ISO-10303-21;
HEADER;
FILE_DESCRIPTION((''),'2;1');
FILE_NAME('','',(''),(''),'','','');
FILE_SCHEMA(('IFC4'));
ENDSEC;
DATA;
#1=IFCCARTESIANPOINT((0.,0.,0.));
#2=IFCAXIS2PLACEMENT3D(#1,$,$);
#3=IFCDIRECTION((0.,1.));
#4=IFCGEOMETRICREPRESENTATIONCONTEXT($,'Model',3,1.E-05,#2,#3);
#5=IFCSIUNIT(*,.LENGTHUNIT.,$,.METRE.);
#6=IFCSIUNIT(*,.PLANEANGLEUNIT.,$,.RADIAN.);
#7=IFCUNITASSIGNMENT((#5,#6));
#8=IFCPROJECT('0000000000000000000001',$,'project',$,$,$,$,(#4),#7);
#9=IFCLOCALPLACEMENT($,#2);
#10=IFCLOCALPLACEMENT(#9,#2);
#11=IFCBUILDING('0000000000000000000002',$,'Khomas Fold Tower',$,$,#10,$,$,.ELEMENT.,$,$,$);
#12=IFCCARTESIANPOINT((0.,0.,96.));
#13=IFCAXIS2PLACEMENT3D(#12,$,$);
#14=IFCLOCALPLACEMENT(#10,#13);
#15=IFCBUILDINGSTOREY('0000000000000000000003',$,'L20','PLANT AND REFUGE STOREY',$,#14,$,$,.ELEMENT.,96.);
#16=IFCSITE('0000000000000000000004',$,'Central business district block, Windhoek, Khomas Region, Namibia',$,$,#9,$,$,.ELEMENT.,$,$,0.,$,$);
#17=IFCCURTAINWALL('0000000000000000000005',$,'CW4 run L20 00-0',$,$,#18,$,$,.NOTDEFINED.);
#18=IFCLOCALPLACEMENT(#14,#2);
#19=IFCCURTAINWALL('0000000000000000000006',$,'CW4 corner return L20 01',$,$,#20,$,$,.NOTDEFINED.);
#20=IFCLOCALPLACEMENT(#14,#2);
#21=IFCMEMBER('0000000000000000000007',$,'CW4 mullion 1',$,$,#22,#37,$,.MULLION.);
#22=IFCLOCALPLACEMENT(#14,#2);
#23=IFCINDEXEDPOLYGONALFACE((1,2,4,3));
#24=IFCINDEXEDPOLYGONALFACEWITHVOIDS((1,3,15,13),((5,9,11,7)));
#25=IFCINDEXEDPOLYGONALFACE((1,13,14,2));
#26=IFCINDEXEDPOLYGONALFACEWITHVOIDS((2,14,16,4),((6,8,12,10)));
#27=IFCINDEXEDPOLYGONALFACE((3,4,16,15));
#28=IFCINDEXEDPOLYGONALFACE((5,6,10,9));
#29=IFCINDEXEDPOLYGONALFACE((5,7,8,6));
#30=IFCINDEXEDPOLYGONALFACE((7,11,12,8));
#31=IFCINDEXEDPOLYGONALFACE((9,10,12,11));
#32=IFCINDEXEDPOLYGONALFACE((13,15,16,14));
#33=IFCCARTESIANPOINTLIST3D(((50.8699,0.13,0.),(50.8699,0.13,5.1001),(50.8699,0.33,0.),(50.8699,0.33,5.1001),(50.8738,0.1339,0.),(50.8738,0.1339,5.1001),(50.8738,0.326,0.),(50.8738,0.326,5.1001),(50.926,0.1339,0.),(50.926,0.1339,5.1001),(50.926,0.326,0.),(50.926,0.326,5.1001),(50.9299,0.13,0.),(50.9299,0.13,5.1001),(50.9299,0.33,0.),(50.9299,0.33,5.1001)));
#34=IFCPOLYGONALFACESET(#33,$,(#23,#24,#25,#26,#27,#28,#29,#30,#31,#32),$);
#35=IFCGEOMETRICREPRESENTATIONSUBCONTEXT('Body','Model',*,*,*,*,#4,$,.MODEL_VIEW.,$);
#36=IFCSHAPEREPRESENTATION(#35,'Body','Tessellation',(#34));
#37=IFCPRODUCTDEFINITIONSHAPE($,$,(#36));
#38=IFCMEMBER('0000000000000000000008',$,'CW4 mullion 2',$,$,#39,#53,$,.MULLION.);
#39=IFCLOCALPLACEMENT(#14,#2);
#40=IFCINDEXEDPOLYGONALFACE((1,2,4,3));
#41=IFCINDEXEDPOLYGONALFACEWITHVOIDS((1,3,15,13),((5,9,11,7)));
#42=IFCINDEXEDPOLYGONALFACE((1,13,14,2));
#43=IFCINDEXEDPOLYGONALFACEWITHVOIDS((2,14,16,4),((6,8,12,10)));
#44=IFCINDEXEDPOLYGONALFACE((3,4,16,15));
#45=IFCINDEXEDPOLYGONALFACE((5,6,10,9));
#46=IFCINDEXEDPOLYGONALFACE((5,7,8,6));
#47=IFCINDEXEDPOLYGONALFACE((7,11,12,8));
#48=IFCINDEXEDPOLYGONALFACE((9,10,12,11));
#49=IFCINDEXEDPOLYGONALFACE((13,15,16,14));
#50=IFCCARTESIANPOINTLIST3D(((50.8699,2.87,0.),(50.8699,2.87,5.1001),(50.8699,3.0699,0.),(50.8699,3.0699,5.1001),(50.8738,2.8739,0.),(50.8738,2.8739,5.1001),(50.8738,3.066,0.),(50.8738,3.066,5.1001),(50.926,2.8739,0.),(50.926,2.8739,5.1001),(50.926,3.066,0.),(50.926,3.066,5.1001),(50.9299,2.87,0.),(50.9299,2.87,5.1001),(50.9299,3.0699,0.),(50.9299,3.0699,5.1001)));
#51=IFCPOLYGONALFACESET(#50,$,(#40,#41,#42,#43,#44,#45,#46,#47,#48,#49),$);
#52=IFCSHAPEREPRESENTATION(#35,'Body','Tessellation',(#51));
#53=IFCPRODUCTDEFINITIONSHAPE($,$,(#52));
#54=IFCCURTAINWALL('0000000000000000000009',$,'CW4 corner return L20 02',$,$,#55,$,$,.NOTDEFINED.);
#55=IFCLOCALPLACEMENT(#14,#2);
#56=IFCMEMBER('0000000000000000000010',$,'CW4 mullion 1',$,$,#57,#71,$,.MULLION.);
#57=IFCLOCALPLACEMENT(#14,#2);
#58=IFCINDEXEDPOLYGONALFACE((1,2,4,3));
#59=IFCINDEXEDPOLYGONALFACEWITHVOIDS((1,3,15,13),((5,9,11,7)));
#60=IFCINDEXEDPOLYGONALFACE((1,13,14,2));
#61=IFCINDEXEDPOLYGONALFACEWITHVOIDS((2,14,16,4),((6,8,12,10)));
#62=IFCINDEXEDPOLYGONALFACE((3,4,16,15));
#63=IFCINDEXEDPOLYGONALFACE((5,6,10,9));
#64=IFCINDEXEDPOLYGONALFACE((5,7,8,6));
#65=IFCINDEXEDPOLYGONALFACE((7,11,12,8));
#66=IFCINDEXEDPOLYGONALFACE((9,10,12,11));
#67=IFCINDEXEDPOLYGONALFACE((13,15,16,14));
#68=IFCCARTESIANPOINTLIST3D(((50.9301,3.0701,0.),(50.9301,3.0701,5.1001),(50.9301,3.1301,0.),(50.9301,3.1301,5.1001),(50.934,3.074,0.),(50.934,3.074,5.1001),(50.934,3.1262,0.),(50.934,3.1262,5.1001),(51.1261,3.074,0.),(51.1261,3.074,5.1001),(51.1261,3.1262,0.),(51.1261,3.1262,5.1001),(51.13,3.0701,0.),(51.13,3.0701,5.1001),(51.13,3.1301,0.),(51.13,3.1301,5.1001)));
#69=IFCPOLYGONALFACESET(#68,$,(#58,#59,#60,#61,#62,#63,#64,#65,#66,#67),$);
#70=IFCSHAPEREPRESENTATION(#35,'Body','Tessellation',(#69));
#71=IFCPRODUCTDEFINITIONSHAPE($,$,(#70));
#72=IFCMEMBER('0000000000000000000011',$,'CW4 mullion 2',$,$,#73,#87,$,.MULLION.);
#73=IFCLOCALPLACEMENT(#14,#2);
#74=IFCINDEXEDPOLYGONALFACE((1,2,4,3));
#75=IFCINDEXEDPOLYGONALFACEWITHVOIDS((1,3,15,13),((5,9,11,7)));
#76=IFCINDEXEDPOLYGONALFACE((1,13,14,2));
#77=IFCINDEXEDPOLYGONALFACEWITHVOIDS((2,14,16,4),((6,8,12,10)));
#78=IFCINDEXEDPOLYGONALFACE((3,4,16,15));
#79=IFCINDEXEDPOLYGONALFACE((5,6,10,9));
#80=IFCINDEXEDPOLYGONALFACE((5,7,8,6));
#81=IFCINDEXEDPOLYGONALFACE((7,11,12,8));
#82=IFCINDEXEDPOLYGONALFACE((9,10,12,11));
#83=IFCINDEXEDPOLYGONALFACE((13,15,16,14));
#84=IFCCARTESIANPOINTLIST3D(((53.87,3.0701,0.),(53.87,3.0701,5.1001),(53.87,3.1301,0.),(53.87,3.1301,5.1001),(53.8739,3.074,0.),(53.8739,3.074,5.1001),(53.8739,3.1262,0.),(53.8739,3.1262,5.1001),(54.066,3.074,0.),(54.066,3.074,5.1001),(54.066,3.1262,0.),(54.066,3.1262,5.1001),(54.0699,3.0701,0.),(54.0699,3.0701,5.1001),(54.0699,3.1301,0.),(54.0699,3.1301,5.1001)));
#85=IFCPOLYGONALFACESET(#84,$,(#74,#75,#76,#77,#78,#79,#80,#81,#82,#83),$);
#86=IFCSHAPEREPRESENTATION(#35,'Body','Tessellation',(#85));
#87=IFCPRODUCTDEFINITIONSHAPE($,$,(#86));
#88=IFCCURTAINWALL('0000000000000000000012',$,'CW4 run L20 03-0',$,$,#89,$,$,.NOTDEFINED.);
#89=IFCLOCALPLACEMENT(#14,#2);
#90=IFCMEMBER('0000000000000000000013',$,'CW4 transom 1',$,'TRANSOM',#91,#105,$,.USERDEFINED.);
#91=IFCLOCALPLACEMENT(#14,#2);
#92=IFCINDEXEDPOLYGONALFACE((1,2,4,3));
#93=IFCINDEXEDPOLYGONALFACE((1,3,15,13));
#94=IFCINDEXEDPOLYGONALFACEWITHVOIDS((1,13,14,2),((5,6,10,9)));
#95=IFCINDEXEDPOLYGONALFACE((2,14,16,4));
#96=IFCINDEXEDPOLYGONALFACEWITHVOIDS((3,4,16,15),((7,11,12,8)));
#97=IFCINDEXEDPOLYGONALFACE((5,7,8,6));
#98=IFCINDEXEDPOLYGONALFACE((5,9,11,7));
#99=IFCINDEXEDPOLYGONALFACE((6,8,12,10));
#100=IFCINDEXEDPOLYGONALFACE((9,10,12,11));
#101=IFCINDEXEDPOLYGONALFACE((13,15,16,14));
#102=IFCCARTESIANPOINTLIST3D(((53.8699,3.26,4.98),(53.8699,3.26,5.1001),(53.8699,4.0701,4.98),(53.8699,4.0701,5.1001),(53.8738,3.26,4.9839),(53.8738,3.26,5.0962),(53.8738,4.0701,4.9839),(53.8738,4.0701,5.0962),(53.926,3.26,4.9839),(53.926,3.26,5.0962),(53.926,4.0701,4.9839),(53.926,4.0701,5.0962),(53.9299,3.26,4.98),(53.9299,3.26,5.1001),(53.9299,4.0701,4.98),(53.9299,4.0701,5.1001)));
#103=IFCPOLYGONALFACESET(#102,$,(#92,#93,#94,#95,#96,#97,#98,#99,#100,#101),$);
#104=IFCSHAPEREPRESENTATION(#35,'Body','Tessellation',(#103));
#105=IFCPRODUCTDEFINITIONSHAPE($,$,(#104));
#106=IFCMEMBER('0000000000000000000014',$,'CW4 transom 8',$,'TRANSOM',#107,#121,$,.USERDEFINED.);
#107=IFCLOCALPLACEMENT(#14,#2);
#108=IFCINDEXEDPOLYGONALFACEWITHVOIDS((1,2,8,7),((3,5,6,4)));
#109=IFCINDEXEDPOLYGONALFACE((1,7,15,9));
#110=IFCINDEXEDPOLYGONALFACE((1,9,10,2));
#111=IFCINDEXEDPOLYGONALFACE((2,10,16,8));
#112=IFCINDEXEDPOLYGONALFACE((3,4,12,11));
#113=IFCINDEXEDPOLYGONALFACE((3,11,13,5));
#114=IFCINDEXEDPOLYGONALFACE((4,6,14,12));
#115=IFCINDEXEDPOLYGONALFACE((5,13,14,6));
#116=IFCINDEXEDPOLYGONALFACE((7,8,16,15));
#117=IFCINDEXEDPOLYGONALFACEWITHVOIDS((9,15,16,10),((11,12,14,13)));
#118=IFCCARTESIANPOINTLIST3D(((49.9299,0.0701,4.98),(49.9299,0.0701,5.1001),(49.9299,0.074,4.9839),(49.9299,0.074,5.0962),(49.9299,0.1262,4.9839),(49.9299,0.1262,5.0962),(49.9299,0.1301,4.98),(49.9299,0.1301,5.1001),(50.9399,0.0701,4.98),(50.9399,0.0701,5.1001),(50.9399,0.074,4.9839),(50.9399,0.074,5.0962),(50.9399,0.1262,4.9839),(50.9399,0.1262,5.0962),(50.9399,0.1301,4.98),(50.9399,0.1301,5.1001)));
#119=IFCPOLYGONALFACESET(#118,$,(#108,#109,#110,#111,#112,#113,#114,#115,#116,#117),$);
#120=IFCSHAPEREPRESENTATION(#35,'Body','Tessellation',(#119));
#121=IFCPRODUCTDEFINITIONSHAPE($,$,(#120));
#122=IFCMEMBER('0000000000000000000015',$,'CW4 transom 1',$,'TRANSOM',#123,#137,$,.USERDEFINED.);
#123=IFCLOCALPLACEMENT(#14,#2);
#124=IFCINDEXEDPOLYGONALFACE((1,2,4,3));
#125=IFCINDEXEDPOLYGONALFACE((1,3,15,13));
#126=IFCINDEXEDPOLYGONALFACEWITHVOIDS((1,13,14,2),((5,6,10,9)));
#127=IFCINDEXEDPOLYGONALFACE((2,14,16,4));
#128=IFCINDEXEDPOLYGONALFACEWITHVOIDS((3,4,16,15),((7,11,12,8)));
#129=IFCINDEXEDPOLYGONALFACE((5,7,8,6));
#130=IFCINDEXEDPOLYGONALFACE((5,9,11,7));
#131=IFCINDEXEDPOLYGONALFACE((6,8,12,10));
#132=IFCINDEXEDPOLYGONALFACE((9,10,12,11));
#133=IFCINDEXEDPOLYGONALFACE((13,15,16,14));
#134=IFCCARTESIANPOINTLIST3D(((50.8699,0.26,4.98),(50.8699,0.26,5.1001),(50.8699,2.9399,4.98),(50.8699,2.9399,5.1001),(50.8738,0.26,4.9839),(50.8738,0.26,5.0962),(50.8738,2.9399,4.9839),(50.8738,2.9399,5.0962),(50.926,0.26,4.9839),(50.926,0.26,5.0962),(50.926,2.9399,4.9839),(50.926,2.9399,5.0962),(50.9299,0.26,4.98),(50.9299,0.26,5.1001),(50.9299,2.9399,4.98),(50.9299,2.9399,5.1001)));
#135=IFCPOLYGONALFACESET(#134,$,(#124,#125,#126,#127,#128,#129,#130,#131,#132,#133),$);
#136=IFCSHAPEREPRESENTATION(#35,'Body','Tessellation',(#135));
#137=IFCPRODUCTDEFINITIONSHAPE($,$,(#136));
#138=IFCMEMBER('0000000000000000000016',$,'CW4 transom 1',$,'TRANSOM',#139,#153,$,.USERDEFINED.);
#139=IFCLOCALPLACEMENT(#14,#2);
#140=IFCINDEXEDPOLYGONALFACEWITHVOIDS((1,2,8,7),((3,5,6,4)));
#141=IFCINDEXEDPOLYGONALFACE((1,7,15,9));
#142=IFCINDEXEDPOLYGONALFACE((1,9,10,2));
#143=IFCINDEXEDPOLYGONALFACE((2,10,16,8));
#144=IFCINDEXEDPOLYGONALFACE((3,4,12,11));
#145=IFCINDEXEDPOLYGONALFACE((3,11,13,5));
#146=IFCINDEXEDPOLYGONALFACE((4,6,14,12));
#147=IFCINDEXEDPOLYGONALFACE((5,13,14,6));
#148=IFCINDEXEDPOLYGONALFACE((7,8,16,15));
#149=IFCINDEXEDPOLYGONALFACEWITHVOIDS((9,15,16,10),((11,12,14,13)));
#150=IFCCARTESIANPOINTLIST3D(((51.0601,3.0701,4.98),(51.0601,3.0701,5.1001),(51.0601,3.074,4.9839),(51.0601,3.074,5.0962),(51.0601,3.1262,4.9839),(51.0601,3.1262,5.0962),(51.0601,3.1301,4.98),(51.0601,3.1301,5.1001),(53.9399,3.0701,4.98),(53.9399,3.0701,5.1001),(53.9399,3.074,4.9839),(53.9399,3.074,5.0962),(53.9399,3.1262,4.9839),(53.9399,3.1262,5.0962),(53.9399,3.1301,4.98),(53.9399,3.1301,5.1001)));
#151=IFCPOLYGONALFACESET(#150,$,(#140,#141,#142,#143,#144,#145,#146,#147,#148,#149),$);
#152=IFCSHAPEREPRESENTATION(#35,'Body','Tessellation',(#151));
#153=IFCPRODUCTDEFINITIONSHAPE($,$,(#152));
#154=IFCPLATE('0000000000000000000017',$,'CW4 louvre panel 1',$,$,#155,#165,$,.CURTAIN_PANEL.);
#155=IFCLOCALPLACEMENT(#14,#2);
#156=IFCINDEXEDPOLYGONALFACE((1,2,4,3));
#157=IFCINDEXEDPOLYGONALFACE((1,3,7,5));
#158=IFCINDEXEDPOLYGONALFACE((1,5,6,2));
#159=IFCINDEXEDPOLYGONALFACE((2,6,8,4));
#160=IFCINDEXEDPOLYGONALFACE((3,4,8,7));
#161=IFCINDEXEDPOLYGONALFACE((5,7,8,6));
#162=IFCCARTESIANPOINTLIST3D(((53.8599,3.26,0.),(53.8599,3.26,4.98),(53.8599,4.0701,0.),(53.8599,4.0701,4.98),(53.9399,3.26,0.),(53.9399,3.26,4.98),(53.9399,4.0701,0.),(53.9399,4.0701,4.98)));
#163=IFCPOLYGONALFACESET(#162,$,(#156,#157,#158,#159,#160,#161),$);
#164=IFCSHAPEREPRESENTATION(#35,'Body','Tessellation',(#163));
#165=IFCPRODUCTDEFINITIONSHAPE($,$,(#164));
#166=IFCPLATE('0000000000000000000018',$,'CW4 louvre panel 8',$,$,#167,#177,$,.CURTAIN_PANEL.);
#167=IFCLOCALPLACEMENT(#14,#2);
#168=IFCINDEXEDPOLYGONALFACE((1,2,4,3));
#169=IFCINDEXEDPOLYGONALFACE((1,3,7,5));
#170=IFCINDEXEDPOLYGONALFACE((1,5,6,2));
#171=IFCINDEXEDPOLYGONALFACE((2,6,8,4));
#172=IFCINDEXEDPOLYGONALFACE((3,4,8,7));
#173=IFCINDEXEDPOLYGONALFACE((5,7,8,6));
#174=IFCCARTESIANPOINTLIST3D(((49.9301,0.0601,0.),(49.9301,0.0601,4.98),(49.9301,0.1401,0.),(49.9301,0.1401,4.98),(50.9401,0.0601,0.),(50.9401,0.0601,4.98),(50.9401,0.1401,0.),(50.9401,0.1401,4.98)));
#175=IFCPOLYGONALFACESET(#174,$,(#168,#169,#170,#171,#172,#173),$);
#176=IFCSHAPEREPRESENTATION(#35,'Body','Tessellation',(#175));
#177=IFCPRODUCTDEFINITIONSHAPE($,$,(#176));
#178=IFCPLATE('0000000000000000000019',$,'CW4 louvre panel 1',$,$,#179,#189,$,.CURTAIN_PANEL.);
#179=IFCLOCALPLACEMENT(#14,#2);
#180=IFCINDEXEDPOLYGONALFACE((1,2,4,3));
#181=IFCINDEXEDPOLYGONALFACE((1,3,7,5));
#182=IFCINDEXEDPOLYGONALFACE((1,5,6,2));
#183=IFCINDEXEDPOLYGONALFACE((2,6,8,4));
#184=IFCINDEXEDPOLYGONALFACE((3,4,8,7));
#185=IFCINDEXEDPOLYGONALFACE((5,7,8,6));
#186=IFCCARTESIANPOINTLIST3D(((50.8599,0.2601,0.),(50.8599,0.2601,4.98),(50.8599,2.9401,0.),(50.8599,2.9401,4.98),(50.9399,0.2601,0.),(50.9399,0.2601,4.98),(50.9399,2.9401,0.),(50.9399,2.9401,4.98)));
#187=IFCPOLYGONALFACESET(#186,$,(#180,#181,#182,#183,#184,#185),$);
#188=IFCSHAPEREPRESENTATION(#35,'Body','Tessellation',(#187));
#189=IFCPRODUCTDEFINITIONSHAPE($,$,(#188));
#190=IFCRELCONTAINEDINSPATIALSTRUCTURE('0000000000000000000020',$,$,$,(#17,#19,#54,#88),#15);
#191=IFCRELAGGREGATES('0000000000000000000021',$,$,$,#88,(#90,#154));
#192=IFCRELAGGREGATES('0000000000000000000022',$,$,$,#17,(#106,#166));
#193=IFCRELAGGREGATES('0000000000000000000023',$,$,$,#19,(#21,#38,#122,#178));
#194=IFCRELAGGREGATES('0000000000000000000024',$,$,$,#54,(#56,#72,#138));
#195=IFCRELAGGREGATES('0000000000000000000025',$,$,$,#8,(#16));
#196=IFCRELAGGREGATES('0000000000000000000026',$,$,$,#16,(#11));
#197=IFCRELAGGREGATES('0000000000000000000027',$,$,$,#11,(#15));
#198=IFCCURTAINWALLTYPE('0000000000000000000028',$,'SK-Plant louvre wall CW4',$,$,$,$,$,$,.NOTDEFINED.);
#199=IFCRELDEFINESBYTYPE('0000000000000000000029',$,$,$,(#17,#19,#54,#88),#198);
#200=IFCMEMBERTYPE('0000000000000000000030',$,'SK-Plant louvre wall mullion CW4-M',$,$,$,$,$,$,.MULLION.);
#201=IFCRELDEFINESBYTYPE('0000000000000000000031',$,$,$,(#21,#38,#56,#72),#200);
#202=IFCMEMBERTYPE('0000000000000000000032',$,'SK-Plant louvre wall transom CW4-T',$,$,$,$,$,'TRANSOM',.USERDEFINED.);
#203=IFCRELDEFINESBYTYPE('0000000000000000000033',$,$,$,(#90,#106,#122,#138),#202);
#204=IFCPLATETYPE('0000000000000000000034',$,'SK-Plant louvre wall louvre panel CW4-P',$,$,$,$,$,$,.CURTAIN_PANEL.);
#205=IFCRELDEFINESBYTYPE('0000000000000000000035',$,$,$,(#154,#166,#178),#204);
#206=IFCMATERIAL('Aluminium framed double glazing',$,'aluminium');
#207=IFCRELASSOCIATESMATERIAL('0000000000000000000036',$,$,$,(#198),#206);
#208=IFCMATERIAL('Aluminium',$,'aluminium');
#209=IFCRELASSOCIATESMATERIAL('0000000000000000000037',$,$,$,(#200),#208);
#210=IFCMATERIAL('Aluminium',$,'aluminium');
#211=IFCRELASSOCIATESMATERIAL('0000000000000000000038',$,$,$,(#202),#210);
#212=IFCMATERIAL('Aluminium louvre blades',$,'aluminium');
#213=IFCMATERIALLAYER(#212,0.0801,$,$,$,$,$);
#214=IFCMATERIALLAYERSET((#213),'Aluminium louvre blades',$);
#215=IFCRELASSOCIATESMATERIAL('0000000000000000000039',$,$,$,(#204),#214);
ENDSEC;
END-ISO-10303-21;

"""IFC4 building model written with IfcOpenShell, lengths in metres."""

from ifc_helpers import new_model, si_unit, direction, frame, origin, origin_2d, place, context, subcontext, project, spatial, rectangle, hollow_rectangle, extrude, source, transform, mapped, material, layer, layer_set, material_profile, profile_set, type_object, element, aggregate, save


model = new_model("IFC4")

# Units and contexts
model_context = context("Model", 3, precision=1e-05, world=origin(), true_north=direction((0.0, 1.0)))
body_context = subcontext(model_context, "Body", "Model", "MODEL_VIEW")
ifc_project = project(units=[si_unit("LENGTHUNIT", "METRE"), si_unit("PLANEANGLEUNIT", "RADIAN")], contexts=[model_context])

# Site, building, storey
site_placement = place(None, origin())
site = spatial("IfcSite", under=ifc_project, at=site_placement, Name="Central business district block, Windhoek, Khomas Region, Namibia", CompositionType="ELEMENT", RefElevation=0.0)
building_placement = place(site_placement, origin())
building = spatial("IfcBuilding", under=site, at=building_placement, Name="Khomas Fold Tower", CompositionType="ELEMENT")
storey_placement = place(building_placement, frame((0.0, 0.0, 96.0)))
storey = spatial("IfcBuildingStorey", under=building, at=storey_placement, Name="L20", Description="PLANT AND REFUGE STOREY", CompositionType="ELEMENT", Elevation=96.0)

# Curtain wall
ifc_material_1 = material(Name="Aluminium framed double glazing", Category="aluminium")
curtain_wall_type = type_object("IfcCurtainWallType", Name="SK-Plant louvre wall CW4", PredefinedType="NOTDEFINED", material=ifc_material_1)
curtain_wall_1_placement = place(storey_placement, origin())
curtain_wall_1 = element("IfcCurtainWall", 1, at=curtain_wall_1_placement, inside=storey, type_object=curtain_wall_type, Name="CW4 run L20 00-0", PredefinedType="NOTDEFINED")
ifc_material_2 = material(Name="Aluminium", Category="aluminium")
ifc_material_profile_1 = material_profile(ifc_material_2, hollow_rectangle(XDim=0.0601, YDim=0.2, WallThickness=0.0039, at=origin_2d()), Name="SK-Plant louvre wall mullion CW4-M")
ifc_profile_set_1 = profile_set([ifc_material_profile_1], Name="Aluminium")
member_type_1 = type_object("IfcMemberType", Name="SK-Plant louvre wall mullion CW4-M", PredefinedType="MULLION", material=ifc_profile_set_1)
shared_shape_1 = source(origin(), body_context, "Body", "SweptSolid", [
    extrude(hollow_rectangle(XDim=0.0601, YDim=0.2, WallThickness=0.0039, at=origin_2d()), origin(), (0.0, 0.0, 1.0), 5.1001),
])

# Curtain walls, members
curtain_wall_2_placement = place(storey_placement, origin())
curtain_wall_2 = element("IfcCurtainWall", 2, at=curtain_wall_2_placement, inside=storey, type_object=curtain_wall_type, Name="CW4 corner return L20 01", PredefinedType="NOTDEFINED")
member_1_placement = place(storey_placement, frame((50.8999, 0.23, 0.0), z_axis=(0.0, 0.0, 1.0), x_axis=(-1.0, 0.0, 0.0)))
member_1 = element("IfcMember", 3, at=member_1_placement, type_object=member_type_1, Name="CW4 mullion 1", PredefinedType="MULLION", context=body_context, shape_type="MappedRepresentation", body=[
    mapped(shared_shape_1, transform((0.0, 0.0, 0.0))),
])
member_2_placement = place(storey_placement, frame((50.8999, 2.97, 0.0), z_axis=(0.0, 0.0, 1.0), x_axis=(-1.0, 0.0, 0.0)))
member_2 = element("IfcMember", 4, at=member_2_placement, type_object=member_type_1, Name="CW4 mullion 2", PredefinedType="MULLION", context=body_context, shape_type="MappedRepresentation", body=[
    mapped(shared_shape_1, transform((0.0, 0.0, 0.0))),
])
curtain_wall_3_placement = place(storey_placement, origin())
curtain_wall_3 = element("IfcCurtainWall", 5, at=curtain_wall_3_placement, inside=storey, type_object=curtain_wall_type, Name="CW4 corner return L20 02", PredefinedType="NOTDEFINED")
member_3_placement = place(storey_placement, frame((51.03, 3.1001, 0.0), z_axis=(0.0, 0.0, 1.0), x_axis=(0.0, 1.0, 0.0)))
member_3 = element("IfcMember", 6, at=member_3_placement, type_object=member_type_1, Name="CW4 mullion 1", PredefinedType="MULLION", context=body_context, shape_type="MappedRepresentation", body=[
    mapped(shared_shape_1, transform((0.0, 0.0, 0.0))),
])
member_4_placement = place(storey_placement, frame((53.97, 3.1001, 0.0), z_axis=(0.0, 0.0, 1.0), x_axis=(0.0, 1.0, 0.0)))
member_4 = element("IfcMember", 7, at=member_4_placement, type_object=member_type_1, Name="CW4 mullion 2", PredefinedType="MULLION", context=body_context, shape_type="MappedRepresentation", body=[
    mapped(shared_shape_1, transform((0.0, 0.0, 0.0))),
])

# Curtain wall, member
curtain_wall_4_placement = place(storey_placement, origin())
curtain_wall_4 = element("IfcCurtainWall", 8, at=curtain_wall_4_placement, inside=storey, type_object=curtain_wall_type, Name="CW4 run L20 03-0", PredefinedType="NOTDEFINED")
ifc_material_3 = material(Name="Aluminium", Category="aluminium")
ifc_material_profile_2 = material_profile(ifc_material_3, hollow_rectangle(XDim=0.0601, YDim=0.1201, WallThickness=0.0039, at=origin_2d()), Name="SK-Plant louvre wall transom CW4-T")
ifc_profile_set_2 = profile_set([ifc_material_profile_2], Name="Aluminium")
member_type_2 = type_object("IfcMemberType", Name="SK-Plant louvre wall transom CW4-T", ElementType="TRANSOM", PredefinedType="USERDEFINED", material=ifc_profile_set_2)
shared_shape_2 = source(origin(), body_context, "Body", "SweptSolid", [
    extrude(hollow_rectangle(XDim=0.0601, YDim=0.1201, WallThickness=0.0039, at=origin_2d()), origin(), (0.0, 0.0, 1.0), 0.8101),
])
member_5_placement = place(storey_placement, frame((53.8999, 3.26, 5.04), z_axis=(0.0, 1.0, 0.0), x_axis=(-1.0, 0.0, 0.0)))
member_5 = element("IfcMember", 9, at=member_5_placement, type_object=member_type_2, Name="CW4 transom 1", ObjectType="TRANSOM", PredefinedType="USERDEFINED", context=body_context, shape_type="MappedRepresentation", body=[
    mapped(shared_shape_2, transform((0.0, 0.0, 0.0))),
])

# Members
shared_shape_3 = source(origin(), body_context, "Body", "SweptSolid", [
    extrude(hollow_rectangle(XDim=0.0601, YDim=0.1201, WallThickness=0.0039, at=origin_2d()), origin(), (0.0, 0.0, 1.0), 1.01),
])
member_6_placement = place(storey_placement, frame((49.9299, 0.1001, 5.04), z_axis=(1.0, 0.0, 0.0), x_axis=(0.0, 1.0, 0.0)))
member_6 = element("IfcMember", 10, at=member_6_placement, type_object=member_type_2, Name="CW4 transom 8", ObjectType="TRANSOM", PredefinedType="USERDEFINED", context=body_context, shape_type="MappedRepresentation", body=[
    mapped(shared_shape_3, transform((0.0, 0.0, 0.0))),
])
shared_shape_4 = source(origin(), body_context, "Body", "SweptSolid", [
    extrude(hollow_rectangle(XDim=0.0601, YDim=0.1201, WallThickness=0.0039, at=origin_2d()), origin(), (0.0, 0.0, 1.0), 2.6799),
])
member_7_placement = place(storey_placement, frame((50.8999, 0.26, 5.04), z_axis=(0.0, 1.0, 0.0), x_axis=(-1.0, 0.0, 0.0)))
member_7 = element("IfcMember", 11, at=member_7_placement, type_object=member_type_2, Name="CW4 transom 1", ObjectType="TRANSOM", PredefinedType="USERDEFINED", context=body_context, shape_type="MappedRepresentation", body=[
    mapped(shared_shape_4, transform((0.0, 0.0, 0.0))),
])
shared_shape_5 = source(origin(), body_context, "Body", "SweptSolid", [
    extrude(hollow_rectangle(XDim=0.0601, YDim=0.1201, WallThickness=0.0039, at=origin_2d()), origin(), (0.0, 0.0, 1.0), 2.8799),
])
member_8_placement = place(storey_placement, frame((51.0601, 3.1001, 5.04), z_axis=(1.0, 0.0, 0.0), x_axis=(0.0, 1.0, 0.0)))
member_8 = element("IfcMember", 12, at=member_8_placement, type_object=member_type_2, Name="CW4 transom 1", ObjectType="TRANSOM", PredefinedType="USERDEFINED", context=body_context, shape_type="MappedRepresentation", body=[
    mapped(shared_shape_5, transform((0.0, 0.0, 0.0))),
])

# Plates
ifc_material_4 = material(Name="Aluminium louvre blades", Category="aluminium")
ifc_layer_1 = layer(ifc_material_4, 0.0801)
ifc_layer_set_1 = layer_set([ifc_layer_1], Name="Aluminium louvre blades")
plate_type = type_object("IfcPlateType", Name="SK-Plant louvre wall louvre panel CW4-P", PredefinedType="CURTAIN_PANEL", material=ifc_layer_set_1)
shared_shape_6 = source(origin(), body_context, "Body", "SweptSolid", [
    extrude(rectangle(XDim=0.8101, YDim=0.0801, at=origin_2d()), origin(), (0.0, 0.0, 1.0), 4.98),
])
plate_1_placement = place(storey_placement, frame((53.8999, 3.665, 0.0), z_axis=(0.0, 0.0, 1.0), x_axis=(0.0, 1.0, 0.0)))
plate_1 = element("IfcPlate", 13, at=plate_1_placement, type_object=plate_type, Name="CW4 louvre panel 1", PredefinedType="CURTAIN_PANEL", context=body_context, shape_type="MappedRepresentation", body=[
    mapped(shared_shape_6, transform((0.0, 0.0, 0.0))),
])
aggregate(curtain_wall_4, [member_5, plate_1])
shared_shape_7 = source(origin(), body_context, "Body", "SweptSolid", [
    extrude(rectangle(XDim=1.01, YDim=0.0801, at=origin_2d()), origin(), (0.0, 0.0, 1.0), 4.98),
])
plate_2_placement = place(storey_placement, frame((50.4351, 0.1001, 0.0), z_axis=(0.0, 0.0, 1.0), x_axis=(1.0, 0.0, 0.0)))
plate_2 = element("IfcPlate", 14, at=plate_2_placement, type_object=plate_type, Name="CW4 louvre panel 8", PredefinedType="CURTAIN_PANEL", context=body_context, shape_type="MappedRepresentation", body=[
    mapped(shared_shape_7, transform((0.0, 0.0, 0.0))),
])
aggregate(curtain_wall_1, [member_6, plate_2])
shared_shape_8 = source(origin(), body_context, "Body", "SweptSolid", [
    extrude(rectangle(XDim=2.6799, YDim=0.0801, at=origin_2d()), origin(), (0.0, 0.0, 1.0), 4.98),
])
plate_3_placement = place(storey_placement, frame((50.8999, 1.6001, 0.0), z_axis=(0.0, 0.0, 1.0), x_axis=(0.0, 1.0, 0.0)))
plate_3 = element("IfcPlate", 15, at=plate_3_placement, type_object=plate_type, Name="CW4 louvre panel 1", PredefinedType="CURTAIN_PANEL", context=body_context, shape_type="MappedRepresentation", body=[
    mapped(shared_shape_8, transform((0.0, 0.0, 0.0))),
])
aggregate(curtain_wall_2, [member_1, member_2, member_7, plate_3])
aggregate(curtain_wall_3, [member_3, member_4, member_8])

save(model, "model.ifc")
